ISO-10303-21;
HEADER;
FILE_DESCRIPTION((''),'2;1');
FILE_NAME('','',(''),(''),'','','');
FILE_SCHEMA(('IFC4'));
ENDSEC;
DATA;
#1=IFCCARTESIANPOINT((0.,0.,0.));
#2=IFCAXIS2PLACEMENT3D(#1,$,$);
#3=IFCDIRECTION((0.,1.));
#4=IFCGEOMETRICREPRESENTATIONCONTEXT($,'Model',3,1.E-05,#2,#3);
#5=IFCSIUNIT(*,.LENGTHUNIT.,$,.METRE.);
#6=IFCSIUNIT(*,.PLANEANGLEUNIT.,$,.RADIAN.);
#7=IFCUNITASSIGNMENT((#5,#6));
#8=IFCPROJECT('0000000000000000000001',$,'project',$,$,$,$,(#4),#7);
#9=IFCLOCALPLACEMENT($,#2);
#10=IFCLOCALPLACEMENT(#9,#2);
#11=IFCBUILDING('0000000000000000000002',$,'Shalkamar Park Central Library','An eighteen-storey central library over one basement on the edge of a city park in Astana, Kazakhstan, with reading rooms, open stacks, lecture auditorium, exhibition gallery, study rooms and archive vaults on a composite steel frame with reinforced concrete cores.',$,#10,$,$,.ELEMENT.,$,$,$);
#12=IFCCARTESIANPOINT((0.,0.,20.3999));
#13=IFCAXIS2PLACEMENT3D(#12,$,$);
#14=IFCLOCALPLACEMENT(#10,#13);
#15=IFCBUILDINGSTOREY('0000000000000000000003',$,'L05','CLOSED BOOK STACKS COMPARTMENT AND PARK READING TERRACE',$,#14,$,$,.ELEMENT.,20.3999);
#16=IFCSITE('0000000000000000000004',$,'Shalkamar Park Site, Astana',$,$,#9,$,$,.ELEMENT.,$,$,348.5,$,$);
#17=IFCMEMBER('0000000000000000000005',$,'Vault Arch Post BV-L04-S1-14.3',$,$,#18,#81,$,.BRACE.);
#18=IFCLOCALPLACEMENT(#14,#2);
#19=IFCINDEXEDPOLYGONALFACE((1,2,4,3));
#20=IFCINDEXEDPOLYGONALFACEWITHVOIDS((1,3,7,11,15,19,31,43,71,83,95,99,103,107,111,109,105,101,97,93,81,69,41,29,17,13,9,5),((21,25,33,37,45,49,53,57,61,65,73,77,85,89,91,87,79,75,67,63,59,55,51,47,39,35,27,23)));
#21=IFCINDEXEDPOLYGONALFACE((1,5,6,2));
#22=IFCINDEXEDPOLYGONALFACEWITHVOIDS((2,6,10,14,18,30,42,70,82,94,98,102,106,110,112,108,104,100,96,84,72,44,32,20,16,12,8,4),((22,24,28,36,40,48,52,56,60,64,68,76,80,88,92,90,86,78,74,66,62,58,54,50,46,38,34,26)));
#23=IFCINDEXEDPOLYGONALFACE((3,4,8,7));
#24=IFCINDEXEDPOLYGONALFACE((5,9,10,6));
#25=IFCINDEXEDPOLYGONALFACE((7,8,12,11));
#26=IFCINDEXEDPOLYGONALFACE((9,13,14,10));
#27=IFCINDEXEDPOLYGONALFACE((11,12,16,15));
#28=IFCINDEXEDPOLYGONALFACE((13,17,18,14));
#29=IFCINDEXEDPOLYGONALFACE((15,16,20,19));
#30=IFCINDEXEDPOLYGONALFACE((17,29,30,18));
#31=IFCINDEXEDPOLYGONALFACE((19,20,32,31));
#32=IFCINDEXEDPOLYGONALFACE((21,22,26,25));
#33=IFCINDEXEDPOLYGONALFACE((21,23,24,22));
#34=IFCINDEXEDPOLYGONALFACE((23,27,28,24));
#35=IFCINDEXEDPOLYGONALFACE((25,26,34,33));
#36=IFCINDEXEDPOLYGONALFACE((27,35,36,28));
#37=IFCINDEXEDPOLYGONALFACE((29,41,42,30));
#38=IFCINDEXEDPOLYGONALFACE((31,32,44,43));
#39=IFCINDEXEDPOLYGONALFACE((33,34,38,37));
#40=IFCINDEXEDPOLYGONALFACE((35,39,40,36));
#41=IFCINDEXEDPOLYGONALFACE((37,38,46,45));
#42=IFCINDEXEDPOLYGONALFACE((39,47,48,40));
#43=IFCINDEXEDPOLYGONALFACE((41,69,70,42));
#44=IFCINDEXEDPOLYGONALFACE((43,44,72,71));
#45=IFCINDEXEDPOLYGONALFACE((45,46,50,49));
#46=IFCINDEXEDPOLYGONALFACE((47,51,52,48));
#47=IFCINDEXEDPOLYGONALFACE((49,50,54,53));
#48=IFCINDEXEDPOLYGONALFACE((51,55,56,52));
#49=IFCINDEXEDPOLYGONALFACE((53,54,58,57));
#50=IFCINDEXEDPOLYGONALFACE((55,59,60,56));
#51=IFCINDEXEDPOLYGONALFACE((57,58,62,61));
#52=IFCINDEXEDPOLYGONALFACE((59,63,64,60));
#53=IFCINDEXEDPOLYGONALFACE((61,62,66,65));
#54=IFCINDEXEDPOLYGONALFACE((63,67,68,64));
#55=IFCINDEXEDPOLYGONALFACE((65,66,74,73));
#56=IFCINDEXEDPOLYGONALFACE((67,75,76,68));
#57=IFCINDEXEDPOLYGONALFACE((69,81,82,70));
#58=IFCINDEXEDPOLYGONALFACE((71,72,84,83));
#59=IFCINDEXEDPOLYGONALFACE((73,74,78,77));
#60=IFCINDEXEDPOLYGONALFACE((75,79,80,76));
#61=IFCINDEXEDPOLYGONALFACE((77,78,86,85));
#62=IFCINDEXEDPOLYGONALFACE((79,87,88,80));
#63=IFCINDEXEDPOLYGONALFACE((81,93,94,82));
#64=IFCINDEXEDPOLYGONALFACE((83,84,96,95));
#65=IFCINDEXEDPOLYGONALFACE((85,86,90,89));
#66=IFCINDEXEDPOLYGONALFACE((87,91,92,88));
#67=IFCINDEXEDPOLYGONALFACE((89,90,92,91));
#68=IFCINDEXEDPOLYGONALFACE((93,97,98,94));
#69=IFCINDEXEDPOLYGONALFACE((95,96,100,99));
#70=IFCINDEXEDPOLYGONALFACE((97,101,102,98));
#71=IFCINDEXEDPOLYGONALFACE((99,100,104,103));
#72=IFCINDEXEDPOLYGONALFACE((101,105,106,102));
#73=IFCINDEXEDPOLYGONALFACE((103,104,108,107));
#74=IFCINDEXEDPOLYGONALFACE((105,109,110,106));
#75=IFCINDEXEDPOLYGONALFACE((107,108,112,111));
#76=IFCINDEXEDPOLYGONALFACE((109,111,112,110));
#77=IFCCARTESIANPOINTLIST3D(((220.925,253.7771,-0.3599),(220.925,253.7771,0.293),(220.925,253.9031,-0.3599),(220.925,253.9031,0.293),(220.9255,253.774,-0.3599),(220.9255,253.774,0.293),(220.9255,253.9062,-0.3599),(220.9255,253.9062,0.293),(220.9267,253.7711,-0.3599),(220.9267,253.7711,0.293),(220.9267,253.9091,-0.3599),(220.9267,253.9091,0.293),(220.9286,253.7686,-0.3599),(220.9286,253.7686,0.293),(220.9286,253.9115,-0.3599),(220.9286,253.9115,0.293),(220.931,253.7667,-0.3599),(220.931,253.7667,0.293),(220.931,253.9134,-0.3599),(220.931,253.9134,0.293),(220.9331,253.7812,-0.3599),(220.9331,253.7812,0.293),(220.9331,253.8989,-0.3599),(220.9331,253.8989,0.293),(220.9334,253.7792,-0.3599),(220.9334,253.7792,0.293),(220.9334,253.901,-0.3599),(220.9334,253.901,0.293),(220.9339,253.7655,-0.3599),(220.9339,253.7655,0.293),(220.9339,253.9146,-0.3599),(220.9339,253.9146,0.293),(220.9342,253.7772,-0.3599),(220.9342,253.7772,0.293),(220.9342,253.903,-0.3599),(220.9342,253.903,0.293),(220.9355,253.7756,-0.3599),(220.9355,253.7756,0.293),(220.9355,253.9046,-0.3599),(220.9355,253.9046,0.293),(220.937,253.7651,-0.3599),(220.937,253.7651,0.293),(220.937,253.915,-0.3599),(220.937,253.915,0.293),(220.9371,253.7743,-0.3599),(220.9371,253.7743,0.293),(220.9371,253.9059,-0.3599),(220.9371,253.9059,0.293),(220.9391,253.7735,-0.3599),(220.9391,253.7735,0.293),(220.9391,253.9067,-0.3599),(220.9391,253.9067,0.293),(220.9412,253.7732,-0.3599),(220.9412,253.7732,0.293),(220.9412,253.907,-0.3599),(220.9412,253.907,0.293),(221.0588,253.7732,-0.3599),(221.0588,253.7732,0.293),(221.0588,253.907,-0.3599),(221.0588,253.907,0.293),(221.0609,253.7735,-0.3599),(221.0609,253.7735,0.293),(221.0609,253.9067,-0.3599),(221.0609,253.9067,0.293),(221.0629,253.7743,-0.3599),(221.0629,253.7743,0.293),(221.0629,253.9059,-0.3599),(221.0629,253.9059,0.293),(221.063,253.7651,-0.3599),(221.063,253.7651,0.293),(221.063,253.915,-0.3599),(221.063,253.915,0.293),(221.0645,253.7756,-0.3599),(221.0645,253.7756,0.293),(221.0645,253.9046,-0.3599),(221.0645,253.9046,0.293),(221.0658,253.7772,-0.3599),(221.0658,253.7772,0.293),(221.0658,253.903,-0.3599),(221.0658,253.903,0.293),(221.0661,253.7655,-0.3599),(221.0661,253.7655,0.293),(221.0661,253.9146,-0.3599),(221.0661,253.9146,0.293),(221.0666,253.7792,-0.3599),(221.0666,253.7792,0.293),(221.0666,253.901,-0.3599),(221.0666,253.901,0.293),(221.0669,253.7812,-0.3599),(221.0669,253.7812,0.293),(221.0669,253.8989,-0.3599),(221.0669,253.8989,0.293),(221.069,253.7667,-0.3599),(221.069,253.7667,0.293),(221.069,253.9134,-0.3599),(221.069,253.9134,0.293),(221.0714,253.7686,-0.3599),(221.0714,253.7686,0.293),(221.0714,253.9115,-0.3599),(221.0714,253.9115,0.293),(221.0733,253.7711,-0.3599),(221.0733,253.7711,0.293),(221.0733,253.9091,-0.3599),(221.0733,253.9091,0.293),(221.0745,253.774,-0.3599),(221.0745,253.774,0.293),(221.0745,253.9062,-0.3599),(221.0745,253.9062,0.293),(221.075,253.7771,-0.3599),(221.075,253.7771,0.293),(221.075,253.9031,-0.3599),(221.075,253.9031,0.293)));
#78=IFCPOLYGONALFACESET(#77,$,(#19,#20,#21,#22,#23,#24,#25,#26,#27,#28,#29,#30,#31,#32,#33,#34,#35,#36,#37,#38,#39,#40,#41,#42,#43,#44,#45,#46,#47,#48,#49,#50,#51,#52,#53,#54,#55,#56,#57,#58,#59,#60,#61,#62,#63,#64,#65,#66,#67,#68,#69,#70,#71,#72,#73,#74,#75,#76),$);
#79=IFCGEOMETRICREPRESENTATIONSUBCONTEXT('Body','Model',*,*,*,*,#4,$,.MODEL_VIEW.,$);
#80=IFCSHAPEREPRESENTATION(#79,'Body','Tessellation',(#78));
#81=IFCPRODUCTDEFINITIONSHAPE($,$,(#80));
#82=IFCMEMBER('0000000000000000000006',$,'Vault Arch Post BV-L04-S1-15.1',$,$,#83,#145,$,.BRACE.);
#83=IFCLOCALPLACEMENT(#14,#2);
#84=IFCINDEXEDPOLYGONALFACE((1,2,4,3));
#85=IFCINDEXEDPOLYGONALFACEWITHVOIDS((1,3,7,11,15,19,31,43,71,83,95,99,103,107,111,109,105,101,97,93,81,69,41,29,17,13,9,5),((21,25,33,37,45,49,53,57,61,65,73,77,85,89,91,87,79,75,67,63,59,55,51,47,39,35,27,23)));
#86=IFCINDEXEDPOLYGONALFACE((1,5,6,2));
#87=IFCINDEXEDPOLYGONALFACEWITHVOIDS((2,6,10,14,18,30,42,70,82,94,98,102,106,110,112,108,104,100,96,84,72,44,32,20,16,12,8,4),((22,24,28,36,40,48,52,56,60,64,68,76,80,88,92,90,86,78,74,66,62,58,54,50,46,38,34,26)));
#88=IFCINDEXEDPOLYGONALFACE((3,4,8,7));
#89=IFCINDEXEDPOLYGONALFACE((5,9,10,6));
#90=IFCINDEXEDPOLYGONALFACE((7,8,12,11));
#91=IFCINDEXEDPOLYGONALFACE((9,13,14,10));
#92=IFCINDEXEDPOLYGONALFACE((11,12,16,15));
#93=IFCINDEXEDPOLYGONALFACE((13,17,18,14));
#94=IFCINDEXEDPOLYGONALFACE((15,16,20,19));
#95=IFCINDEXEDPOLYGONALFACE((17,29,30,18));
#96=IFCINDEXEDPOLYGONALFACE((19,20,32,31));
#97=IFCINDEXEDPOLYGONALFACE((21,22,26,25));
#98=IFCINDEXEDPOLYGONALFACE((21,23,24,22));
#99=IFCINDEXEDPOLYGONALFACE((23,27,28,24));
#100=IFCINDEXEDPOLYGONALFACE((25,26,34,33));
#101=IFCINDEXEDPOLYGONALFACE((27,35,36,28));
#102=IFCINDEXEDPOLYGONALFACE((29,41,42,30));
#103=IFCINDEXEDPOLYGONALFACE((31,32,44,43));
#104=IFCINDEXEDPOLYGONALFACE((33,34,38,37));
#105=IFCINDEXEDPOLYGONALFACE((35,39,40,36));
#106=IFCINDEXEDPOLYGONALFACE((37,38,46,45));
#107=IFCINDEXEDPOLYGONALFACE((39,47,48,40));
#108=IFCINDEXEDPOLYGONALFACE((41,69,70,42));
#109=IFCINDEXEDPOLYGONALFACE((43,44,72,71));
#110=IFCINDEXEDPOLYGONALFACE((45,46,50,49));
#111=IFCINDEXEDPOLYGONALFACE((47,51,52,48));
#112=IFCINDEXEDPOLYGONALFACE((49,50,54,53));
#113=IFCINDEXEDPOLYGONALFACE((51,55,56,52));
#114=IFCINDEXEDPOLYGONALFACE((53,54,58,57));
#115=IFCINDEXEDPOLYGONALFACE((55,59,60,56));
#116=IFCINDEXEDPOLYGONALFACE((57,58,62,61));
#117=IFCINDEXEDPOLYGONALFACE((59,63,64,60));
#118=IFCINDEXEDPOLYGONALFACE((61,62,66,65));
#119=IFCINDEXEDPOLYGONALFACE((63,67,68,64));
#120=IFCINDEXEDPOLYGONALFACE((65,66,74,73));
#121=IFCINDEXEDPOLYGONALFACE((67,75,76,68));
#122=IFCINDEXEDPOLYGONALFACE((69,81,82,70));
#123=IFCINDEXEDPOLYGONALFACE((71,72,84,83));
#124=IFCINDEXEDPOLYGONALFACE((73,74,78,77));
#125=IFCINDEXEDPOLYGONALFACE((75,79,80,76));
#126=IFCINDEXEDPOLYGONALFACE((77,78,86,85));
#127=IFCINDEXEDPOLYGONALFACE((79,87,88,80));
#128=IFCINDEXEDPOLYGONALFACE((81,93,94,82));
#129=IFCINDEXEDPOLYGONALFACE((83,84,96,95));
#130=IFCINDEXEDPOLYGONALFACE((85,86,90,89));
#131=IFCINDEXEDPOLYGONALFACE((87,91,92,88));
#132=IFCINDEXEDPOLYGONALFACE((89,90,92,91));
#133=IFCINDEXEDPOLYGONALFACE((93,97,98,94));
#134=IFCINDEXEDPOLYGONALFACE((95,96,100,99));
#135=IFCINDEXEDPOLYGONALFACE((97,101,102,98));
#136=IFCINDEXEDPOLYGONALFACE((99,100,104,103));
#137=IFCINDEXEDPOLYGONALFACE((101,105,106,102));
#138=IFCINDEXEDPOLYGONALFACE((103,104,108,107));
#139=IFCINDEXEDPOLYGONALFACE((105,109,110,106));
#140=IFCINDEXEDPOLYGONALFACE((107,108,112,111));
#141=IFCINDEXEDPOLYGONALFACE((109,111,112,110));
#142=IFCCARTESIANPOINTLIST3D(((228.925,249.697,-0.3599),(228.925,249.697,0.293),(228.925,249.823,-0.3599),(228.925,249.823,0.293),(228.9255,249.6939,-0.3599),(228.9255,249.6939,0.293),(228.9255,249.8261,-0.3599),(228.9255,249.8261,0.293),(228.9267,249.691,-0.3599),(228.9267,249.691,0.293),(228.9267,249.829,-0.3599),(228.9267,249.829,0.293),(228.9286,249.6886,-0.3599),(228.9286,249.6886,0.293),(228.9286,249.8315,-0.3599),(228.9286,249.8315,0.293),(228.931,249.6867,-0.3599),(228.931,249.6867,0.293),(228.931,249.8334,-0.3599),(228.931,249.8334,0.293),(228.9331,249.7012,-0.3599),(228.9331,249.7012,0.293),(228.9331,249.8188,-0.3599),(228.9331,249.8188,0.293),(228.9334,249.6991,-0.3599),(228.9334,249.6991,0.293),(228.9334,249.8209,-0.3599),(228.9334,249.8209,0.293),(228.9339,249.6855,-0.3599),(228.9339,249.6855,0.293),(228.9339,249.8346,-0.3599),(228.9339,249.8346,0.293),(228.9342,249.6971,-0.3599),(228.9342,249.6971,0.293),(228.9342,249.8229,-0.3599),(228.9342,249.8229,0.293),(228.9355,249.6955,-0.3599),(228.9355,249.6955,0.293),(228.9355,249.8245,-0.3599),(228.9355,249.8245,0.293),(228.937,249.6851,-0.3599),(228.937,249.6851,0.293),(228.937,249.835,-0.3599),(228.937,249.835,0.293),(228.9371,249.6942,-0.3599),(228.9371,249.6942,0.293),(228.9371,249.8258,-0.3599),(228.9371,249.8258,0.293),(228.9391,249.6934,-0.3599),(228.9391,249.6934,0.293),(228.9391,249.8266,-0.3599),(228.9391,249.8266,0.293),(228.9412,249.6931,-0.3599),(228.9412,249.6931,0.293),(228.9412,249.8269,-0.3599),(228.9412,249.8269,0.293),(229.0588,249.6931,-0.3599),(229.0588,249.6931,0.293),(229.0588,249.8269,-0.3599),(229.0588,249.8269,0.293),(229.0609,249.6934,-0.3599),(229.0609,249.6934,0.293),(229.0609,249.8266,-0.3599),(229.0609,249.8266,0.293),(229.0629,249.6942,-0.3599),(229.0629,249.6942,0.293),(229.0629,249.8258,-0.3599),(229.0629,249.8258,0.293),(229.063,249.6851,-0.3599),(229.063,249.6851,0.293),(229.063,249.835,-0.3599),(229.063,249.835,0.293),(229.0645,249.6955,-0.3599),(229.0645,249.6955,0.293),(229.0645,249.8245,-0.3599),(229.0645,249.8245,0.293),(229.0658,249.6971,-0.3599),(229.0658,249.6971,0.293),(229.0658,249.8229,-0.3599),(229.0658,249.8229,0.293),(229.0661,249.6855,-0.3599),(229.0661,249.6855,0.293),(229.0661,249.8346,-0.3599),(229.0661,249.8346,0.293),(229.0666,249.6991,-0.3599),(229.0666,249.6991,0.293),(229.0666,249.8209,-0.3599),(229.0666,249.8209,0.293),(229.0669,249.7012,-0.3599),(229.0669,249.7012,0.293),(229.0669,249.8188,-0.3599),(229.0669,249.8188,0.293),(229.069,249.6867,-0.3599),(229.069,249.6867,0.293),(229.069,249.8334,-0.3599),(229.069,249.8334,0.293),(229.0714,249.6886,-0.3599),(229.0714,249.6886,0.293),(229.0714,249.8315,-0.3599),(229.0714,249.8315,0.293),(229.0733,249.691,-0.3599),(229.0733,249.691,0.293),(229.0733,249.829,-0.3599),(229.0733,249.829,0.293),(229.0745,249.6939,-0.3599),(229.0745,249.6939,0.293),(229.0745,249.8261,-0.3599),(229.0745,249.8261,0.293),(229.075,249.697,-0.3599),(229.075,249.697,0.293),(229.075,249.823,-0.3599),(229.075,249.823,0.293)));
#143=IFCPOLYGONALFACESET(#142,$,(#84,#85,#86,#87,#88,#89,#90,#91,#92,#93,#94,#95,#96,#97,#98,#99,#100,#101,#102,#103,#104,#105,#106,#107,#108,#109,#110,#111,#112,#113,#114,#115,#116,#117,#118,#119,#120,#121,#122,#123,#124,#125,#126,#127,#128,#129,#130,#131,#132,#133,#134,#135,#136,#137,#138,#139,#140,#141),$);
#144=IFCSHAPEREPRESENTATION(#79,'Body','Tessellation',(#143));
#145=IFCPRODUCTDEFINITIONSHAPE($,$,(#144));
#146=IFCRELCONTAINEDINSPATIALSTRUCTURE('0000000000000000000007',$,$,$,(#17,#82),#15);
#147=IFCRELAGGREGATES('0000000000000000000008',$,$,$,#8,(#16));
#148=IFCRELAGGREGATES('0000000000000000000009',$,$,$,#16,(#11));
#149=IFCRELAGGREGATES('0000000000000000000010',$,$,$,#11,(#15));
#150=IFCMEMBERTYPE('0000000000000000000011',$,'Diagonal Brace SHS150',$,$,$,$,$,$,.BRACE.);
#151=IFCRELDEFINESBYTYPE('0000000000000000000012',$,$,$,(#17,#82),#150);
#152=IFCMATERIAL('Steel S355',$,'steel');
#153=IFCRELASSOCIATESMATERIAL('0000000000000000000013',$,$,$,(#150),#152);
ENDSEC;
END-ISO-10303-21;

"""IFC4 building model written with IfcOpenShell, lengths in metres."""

from ifc_helpers import new_model, si_unit, direction, frame, origin, origin_2d, place, context, subcontext, project, spatial, hollow_rectangle, extrude, material, material_profile, profile_set, type_object, element, save


model = new_model("IFC4")

# Units and contexts
model_context = context("Model", 3, precision=1e-05, world=origin(), true_north=direction((0.0, 1.0)))
body_context = subcontext(model_context, "Body", "Model", "MODEL_VIEW")
ifc_project = project(units=[si_unit("LENGTHUNIT", "METRE"), si_unit("PLANEANGLEUNIT", "RADIAN")], contexts=[model_context])

# Site, building, storey
site_placement = place(None, origin())
site = spatial("IfcSite", under=ifc_project, at=site_placement, Name="Shalkamar Park Site, Astana", CompositionType="ELEMENT", RefElevation=348.5)
building_placement = place(site_placement, origin())
building = spatial("IfcBuilding", under=site, at=building_placement, Name="Shalkamar Park Central Library", Description="An eighteen-storey central library over one basement on the edge of a city park in Astana, Kazakhstan, with reading rooms, open stacks, lecture auditorium, exhibition gallery, study rooms and archive vaults on a composite steel frame with reinforced concrete cores.", CompositionType="ELEMENT")
storey_placement = place(building_placement, frame((0.0, 0.0, 20.3999)))
storey = spatial("IfcBuildingStorey", under=building, at=storey_placement, Name="L05", Description="CLOSED BOOK STACKS COMPARTMENT AND PARK READING TERRACE", CompositionType="ELEMENT", Elevation=20.3999)

# Shared definitions
ifc_material_1 = material(Name="Steel S355", Category="steel")

# Members
ifc_material_profile_1 = material_profile(ifc_material_1, hollow_rectangle(XDim=0.1499, YDim=0.1499, WallThickness=0.0081, InnerFilletRadius=0.0081, OuterFilletRadius=0.012, at=origin_2d()), Name="SHS 150x150x8")
ifc_profile_set_1 = profile_set([ifc_material_profile_1], Name="Steel S355")
member_type_1 = type_object("IfcMemberType", Name="Diagonal Brace SHS150", PredefinedType="BRACE", material=ifc_profile_set_1)
for number, where, z_axis, x_axis, name in (
    (1, (221.0, 253.8401, -0.3599), (0.0, 0.0, 1.0), (1.0, 0.0, 0.0), "Vault Arch Post BV-L04-S1-14.3"),
    (2, (229.0, 249.76, -0.3599), (0.0, 0.0, 1.0), (1.0, 0.0, 0.0), "Vault Arch Post BV-L04-S1-15.1"),
):
    element("IfcMember", number, at=place(storey_placement, frame(where, z_axis=z_axis, x_axis=x_axis)), inside=storey, type_object=member_type_1, Name=name, PredefinedType="BRACE", context=body_context, shape_type="SweptSolid", body=[
        extrude(hollow_rectangle(XDim=0.1499, YDim=0.1499, WallThickness=0.0081, InnerFilletRadius=0.0081, OuterFilletRadius=0.012, at=origin_2d()), origin(), (0.0, 0.0, 1.0), 0.6528),
    ])

save(model, "model.ifc")
